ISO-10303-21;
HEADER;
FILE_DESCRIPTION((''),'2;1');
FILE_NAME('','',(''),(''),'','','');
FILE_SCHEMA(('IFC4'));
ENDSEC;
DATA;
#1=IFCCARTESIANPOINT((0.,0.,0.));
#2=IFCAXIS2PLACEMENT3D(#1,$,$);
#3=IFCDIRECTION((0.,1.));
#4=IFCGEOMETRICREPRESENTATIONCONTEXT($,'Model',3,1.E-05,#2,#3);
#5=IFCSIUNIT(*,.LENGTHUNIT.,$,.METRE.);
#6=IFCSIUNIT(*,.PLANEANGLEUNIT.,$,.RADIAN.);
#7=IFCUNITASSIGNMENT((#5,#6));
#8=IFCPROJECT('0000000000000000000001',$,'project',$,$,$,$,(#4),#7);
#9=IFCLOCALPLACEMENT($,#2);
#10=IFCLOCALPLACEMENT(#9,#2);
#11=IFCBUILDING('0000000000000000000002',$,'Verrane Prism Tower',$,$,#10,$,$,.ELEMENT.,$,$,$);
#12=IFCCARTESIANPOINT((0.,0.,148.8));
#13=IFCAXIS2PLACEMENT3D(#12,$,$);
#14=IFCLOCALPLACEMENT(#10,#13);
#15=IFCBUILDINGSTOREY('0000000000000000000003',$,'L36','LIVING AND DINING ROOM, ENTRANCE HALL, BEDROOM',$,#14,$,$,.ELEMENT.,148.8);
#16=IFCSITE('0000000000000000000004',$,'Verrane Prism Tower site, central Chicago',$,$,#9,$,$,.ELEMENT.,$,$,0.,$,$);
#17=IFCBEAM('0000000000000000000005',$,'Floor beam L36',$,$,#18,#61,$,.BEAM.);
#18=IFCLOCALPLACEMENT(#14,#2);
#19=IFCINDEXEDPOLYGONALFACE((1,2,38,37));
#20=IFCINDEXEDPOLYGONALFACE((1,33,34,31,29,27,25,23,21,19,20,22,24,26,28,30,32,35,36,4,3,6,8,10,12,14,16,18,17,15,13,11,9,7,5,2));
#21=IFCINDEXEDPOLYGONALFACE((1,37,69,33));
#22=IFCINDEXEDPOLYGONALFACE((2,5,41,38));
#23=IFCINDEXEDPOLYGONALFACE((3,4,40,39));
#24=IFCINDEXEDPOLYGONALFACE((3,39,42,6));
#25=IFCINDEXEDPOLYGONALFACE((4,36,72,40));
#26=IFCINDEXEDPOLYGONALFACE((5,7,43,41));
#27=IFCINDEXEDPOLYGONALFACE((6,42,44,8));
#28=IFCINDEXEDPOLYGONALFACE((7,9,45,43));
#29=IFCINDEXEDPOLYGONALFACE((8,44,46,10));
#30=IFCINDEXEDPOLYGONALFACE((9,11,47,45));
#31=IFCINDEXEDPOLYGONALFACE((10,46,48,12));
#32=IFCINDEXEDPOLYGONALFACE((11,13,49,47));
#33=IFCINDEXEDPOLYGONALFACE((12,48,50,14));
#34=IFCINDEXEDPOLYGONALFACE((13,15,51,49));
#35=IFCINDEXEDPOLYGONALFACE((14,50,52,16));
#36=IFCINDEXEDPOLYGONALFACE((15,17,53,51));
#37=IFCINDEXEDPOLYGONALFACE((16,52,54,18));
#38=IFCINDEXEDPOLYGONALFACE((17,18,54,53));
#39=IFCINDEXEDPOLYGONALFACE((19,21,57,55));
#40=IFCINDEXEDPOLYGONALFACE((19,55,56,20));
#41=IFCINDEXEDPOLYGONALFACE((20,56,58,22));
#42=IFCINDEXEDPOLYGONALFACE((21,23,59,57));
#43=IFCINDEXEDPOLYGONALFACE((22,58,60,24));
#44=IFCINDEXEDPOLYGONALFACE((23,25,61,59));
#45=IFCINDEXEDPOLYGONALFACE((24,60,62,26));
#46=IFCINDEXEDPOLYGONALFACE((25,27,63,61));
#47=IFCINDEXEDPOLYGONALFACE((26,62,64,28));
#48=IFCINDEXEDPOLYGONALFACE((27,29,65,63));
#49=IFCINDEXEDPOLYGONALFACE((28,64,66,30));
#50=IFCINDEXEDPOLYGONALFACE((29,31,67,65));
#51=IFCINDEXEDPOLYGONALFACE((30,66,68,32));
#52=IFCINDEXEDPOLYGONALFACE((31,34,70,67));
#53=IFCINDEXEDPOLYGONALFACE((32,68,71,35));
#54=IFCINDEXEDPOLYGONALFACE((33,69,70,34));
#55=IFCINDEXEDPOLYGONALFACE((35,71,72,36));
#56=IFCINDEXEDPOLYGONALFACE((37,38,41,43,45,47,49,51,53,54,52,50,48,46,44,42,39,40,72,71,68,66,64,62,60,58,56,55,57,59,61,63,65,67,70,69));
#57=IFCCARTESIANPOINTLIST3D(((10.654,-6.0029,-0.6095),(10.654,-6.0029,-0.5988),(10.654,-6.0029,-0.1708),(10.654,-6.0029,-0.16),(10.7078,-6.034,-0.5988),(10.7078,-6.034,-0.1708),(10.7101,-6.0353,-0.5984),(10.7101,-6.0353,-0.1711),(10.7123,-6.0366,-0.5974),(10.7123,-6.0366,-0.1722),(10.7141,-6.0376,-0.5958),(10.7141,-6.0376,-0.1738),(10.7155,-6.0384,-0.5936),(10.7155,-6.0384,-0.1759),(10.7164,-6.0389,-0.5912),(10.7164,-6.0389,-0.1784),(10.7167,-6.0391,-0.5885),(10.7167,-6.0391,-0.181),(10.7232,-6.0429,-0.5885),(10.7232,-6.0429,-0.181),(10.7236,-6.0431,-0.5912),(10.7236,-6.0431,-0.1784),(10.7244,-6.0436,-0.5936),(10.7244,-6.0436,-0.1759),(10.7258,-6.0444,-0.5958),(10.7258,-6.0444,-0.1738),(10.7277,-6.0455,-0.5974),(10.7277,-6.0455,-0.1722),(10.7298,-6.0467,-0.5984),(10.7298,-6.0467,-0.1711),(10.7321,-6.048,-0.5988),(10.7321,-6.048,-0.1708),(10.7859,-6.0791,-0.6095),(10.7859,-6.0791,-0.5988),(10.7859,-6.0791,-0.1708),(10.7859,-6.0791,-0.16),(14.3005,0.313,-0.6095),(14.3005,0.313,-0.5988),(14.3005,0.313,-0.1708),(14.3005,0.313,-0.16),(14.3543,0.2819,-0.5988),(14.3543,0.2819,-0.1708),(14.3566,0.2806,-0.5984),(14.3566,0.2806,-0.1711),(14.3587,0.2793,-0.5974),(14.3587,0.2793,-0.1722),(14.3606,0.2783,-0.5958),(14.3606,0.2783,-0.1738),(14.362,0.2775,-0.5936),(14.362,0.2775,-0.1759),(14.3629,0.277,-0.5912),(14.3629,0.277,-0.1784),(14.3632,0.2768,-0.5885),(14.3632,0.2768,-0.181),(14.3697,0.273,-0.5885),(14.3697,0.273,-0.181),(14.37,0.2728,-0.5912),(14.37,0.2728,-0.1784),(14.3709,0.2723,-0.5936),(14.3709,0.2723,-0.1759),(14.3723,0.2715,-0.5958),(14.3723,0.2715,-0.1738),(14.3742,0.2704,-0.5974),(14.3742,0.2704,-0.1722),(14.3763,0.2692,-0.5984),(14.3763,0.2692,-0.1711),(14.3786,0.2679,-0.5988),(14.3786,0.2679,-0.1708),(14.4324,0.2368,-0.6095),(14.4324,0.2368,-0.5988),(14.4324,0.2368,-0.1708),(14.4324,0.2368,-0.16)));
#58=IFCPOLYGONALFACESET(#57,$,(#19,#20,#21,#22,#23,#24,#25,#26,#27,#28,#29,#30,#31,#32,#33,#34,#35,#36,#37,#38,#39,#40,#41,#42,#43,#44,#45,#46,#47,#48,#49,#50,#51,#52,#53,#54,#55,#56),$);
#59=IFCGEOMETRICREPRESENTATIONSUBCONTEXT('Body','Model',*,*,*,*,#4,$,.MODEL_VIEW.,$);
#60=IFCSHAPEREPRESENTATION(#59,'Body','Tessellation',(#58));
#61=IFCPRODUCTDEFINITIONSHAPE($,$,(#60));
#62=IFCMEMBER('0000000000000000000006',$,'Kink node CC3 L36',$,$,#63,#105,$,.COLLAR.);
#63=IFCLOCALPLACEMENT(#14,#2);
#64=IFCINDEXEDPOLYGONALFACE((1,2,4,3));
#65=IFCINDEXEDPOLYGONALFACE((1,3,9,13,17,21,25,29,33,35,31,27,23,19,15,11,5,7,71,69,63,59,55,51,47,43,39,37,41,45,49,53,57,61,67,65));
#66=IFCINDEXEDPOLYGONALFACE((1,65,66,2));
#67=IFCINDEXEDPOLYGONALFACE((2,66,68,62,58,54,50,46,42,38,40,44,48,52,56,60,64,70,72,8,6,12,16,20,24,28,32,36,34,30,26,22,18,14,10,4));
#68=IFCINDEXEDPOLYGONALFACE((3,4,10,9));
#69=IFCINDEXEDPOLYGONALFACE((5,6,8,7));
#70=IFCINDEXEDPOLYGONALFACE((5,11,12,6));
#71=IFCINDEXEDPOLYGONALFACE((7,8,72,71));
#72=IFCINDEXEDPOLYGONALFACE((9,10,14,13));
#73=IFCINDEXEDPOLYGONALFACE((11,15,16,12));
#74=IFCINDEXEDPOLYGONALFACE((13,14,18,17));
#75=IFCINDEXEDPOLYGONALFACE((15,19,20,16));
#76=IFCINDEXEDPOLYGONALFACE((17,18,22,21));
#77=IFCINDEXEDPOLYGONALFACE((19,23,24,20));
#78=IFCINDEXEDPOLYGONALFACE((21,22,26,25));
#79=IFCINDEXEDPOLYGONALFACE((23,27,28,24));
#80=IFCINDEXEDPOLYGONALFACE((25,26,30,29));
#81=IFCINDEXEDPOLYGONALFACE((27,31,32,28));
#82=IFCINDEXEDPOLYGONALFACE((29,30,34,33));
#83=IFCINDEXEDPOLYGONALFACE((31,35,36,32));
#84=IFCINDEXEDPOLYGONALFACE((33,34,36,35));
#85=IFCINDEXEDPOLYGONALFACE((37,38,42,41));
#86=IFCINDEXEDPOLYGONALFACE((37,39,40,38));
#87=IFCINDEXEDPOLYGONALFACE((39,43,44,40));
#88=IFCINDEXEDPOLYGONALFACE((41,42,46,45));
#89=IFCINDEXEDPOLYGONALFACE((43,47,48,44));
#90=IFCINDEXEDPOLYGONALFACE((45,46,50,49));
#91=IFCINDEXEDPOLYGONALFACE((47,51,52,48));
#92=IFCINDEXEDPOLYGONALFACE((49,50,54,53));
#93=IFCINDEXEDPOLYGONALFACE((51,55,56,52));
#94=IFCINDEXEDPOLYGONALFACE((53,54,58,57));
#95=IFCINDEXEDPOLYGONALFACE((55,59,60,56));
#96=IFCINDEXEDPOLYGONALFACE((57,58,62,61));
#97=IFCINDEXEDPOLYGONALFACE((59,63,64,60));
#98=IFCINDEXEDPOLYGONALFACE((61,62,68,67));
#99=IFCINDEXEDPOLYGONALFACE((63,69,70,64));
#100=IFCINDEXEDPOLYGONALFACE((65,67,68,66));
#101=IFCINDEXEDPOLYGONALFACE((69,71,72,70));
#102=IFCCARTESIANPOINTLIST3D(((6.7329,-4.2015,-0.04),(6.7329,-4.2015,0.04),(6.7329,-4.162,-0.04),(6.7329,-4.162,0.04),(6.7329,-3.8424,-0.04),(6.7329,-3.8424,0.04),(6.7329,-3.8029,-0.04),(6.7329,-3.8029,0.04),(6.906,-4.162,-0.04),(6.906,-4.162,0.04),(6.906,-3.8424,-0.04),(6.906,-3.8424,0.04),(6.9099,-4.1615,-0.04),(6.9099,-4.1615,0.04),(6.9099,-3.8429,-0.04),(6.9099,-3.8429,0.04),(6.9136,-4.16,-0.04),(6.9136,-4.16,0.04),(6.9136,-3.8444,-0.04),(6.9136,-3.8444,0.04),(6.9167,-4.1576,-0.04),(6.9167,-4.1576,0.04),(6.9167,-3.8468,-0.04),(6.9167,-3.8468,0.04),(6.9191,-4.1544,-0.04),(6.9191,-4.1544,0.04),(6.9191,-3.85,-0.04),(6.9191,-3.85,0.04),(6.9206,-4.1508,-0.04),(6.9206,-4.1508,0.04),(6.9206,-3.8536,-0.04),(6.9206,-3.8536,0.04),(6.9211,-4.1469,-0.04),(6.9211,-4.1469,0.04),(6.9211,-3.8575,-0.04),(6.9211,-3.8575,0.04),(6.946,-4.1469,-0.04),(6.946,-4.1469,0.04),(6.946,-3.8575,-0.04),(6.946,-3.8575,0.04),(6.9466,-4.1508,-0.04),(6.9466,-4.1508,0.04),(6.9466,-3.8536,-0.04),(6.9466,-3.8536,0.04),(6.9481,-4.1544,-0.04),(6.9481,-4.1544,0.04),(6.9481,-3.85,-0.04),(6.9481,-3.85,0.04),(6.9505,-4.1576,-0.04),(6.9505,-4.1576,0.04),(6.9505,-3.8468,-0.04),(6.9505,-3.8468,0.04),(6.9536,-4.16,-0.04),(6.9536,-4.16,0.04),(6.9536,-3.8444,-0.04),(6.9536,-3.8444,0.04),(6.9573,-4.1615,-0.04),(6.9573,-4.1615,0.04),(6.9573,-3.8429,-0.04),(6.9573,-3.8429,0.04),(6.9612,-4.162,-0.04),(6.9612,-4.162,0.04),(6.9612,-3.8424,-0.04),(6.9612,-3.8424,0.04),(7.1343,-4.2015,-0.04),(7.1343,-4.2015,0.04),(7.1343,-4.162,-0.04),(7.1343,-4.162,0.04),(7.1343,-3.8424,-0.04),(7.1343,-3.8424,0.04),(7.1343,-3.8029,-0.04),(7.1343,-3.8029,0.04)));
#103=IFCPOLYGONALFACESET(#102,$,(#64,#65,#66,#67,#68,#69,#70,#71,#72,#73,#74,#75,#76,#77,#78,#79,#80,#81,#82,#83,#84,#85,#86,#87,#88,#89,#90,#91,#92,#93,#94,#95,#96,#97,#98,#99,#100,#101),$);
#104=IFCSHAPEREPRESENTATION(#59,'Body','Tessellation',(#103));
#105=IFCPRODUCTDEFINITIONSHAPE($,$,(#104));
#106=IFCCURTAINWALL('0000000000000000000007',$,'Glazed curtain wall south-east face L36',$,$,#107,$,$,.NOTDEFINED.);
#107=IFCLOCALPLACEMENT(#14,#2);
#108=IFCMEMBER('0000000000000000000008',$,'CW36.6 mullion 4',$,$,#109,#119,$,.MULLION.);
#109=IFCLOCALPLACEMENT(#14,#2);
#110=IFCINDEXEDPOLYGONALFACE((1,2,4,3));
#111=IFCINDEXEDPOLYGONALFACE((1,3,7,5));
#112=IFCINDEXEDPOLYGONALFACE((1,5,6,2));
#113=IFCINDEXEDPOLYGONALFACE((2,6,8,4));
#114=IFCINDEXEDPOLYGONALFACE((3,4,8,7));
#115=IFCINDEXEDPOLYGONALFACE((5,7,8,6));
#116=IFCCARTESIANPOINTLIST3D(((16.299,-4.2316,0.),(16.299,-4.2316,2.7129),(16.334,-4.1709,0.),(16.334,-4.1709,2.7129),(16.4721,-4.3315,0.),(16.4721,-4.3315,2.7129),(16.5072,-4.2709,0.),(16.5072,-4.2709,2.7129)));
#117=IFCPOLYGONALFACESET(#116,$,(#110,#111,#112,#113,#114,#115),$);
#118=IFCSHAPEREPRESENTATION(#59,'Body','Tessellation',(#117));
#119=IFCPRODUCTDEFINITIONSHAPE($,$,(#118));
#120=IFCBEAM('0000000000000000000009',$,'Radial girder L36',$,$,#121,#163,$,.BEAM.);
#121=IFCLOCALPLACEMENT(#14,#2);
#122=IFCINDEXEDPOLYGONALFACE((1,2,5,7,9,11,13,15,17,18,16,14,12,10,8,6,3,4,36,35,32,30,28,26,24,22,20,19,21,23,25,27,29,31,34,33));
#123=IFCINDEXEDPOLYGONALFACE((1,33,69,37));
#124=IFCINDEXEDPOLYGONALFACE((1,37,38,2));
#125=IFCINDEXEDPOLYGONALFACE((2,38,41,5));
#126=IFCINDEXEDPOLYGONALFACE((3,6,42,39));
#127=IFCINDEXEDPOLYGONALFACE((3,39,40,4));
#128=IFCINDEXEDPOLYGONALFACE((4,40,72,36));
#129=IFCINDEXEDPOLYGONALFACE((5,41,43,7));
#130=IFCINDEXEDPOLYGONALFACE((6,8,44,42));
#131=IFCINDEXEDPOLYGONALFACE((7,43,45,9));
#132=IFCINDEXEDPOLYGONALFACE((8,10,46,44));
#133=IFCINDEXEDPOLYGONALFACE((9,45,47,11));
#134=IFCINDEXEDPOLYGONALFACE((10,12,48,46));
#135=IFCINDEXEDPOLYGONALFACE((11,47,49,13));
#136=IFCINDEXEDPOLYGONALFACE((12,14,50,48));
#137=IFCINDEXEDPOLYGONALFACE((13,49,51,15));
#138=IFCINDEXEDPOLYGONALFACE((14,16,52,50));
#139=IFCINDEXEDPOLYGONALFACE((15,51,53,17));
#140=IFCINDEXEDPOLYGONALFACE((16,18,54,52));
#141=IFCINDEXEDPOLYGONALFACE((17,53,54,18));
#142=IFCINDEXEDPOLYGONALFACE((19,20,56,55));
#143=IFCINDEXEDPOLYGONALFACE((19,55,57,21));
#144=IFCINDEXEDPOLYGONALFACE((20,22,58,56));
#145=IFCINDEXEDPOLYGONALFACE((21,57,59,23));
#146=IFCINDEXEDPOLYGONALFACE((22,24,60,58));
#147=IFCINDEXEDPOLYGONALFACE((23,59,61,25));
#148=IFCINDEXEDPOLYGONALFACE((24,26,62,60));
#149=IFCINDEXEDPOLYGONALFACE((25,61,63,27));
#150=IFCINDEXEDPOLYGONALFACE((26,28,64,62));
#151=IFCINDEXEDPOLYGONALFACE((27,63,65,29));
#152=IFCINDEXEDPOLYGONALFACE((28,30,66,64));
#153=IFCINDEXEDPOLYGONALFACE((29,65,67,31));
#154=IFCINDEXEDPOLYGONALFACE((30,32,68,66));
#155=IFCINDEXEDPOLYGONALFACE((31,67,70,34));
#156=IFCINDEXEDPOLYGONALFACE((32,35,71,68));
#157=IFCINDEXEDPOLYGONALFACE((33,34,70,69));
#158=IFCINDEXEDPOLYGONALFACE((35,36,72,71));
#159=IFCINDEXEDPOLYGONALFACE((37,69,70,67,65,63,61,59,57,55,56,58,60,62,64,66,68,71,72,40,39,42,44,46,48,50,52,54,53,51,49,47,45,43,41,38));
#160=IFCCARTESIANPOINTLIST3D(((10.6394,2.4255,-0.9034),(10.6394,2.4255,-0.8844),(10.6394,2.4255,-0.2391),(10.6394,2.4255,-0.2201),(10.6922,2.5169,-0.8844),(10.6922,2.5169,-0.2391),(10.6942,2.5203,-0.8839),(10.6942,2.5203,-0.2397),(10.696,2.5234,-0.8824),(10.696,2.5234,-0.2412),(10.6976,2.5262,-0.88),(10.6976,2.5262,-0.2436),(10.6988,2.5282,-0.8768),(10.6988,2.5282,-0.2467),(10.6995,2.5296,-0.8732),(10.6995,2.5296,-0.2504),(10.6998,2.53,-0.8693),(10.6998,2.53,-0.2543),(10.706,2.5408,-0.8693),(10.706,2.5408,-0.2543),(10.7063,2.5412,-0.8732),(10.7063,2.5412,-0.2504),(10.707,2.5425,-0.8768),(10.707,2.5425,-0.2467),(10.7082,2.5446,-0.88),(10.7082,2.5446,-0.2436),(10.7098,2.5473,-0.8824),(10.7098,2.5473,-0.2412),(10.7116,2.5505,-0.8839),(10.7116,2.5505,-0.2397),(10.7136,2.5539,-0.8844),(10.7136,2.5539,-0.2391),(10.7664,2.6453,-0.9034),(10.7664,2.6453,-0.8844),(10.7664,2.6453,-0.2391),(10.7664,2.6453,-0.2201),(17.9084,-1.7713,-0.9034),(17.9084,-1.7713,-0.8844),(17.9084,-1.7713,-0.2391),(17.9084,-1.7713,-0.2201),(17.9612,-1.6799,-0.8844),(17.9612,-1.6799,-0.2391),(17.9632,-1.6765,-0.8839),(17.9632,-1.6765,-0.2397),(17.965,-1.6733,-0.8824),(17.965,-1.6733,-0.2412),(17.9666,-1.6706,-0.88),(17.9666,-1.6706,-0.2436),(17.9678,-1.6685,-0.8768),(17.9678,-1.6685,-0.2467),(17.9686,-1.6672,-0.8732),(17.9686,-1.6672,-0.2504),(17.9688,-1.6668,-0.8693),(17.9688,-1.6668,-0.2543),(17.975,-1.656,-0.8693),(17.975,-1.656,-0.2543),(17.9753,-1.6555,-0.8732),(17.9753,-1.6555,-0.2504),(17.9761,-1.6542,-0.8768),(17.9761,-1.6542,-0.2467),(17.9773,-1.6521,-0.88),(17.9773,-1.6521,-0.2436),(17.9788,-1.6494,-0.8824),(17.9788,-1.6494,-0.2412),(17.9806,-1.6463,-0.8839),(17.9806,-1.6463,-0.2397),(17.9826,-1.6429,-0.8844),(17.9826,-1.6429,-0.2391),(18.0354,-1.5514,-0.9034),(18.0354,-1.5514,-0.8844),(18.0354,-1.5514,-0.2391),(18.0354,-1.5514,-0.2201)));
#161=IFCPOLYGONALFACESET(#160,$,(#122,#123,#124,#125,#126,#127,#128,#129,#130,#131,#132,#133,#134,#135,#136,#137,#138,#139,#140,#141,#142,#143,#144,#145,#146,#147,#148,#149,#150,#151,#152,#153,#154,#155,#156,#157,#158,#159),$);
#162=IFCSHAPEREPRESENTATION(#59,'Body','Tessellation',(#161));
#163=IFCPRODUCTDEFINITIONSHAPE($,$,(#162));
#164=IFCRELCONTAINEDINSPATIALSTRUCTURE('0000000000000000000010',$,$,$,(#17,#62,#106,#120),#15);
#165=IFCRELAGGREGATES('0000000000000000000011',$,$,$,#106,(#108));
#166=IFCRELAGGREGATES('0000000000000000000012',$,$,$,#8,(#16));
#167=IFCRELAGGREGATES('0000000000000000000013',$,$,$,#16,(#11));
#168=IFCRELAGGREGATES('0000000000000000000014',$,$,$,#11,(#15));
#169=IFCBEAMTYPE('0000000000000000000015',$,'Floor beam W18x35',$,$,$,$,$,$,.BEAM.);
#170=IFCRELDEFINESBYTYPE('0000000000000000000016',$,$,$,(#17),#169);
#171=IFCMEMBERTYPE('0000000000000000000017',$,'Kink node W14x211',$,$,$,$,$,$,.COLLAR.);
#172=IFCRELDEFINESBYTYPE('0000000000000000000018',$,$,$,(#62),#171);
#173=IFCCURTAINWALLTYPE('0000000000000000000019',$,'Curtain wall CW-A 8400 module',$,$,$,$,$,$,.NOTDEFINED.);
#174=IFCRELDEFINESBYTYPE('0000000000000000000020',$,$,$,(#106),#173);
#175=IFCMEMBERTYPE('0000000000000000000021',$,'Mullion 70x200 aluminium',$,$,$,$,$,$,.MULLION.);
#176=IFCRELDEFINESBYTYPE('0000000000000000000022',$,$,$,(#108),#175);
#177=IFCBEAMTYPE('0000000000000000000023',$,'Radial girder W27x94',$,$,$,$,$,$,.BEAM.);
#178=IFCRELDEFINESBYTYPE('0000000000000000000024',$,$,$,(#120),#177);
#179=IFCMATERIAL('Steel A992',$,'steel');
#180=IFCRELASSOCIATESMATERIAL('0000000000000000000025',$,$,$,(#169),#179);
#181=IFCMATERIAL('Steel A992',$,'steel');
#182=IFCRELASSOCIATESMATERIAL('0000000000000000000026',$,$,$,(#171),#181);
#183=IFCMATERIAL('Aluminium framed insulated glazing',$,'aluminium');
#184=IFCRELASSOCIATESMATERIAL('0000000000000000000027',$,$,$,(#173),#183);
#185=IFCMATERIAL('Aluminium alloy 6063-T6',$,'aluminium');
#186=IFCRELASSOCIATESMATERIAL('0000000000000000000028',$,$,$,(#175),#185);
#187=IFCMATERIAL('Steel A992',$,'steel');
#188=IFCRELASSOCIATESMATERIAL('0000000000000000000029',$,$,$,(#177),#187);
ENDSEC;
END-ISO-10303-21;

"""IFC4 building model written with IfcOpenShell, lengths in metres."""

from ifc_helpers import new_model, si_unit, direction, frame, origin, origin_2d, place, context, subcontext, project, spatial, rectangle, i_section, extrude, material, material_profile, profile_set, type_object, element, aggregate, save


model = new_model("IFC4")

# Units and contexts
model_context = context("Model", 3, precision=1e-05, world=origin(), true_north=direction((0.0, 1.0)))
body_context = subcontext(model_context, "Body", "Model", "MODEL_VIEW")
ifc_project = project(units=[si_unit("LENGTHUNIT", "METRE"), si_unit("PLANEANGLEUNIT", "RADIAN")], contexts=[model_context])

# Site, building, storey
site_placement = place(None, origin())
site = spatial("IfcSite", under=ifc_project, at=site_placement, Name="Verrane Prism Tower site, central Chicago", CompositionType="ELEMENT", RefElevation=0.0)
building_placement = place(site_placement, origin())
building = spatial("IfcBuilding", under=site, at=building_placement, Name="Verrane Prism Tower", CompositionType="ELEMENT")
storey_placement = place(building_placement, frame((0.0, 0.0, 148.8)))
storey = spatial("IfcBuildingStorey", under=building, at=storey_placement, Name="L36", Description="LIVING AND DINING ROOM, ENTRANCE HALL, BEDROOM", CompositionType="ELEMENT", Elevation=148.8)

# Beam
ifc_material_1 = material(Name="Steel A992", Category="steel")
ifc_material_profile_1 = material_profile(ifc_material_1, i_section(OverallWidth=0.1523, OverallDepth=0.4495, WebThickness=0.0076, FlangeThickness=0.0107, FilletRadius=0.0103, at=origin_2d()), Name="W18x35")
ifc_profile_set_1 = profile_set([ifc_material_profile_1], Name="Steel A992")
beam_type_1 = type_object("IfcBeamType", Name="Floor beam W18x35", PredefinedType="BEAM", material=ifc_profile_set_1)
beam_1_placement = place(storey_placement, frame((10.72, -6.041, -0.3848), z_axis=(0.499999, 0.866026, 0.0), x_axis=(-0.866026, 0.499999, 0.0)))
element("IfcBeam", 1, at=beam_1_placement, inside=storey, type_object=beam_type_1, Name="Floor beam L36", PredefinedType="BEAM", context=body_context, shape_type="SweptSolid", body=[
    extrude(i_section(OverallWidth=0.1523, OverallDepth=0.4495, WebThickness=0.0076, FlangeThickness=0.0107, FilletRadius=0.0103, at=origin_2d()), origin(), (0.0, 0.0, 1.0), 7.293),
])

# Member
ifc_material_2 = material(Name="Steel A992", Category="steel")
ifc_material_profile_2 = material_profile(ifc_material_2, i_section(OverallWidth=0.4014, OverallDepth=0.3987, WebThickness=0.0249, FlangeThickness=0.0396, FilletRadius=0.0151, at=origin_2d()), Name="W14x211")
ifc_profile_set_2 = profile_set([ifc_material_profile_2], Name="Steel A992")
member_type_1 = type_object("IfcMemberType", Name="Kink node W14x211", PredefinedType="COLLAR", material=ifc_profile_set_2)
member_1_placement = place(storey_placement, frame((6.9336, -4.0022, -0.04), z_axis=(0.0, 0.0, 1.0), x_axis=(1.0, 0.0, 0.0)))
element("IfcMember", 2, at=member_1_placement, inside=storey, type_object=member_type_1, Name="Kink node CC3 L36", PredefinedType="COLLAR", context=body_context, shape_type="SweptSolid", body=[
    extrude(i_section(OverallWidth=0.4014, OverallDepth=0.3987, WebThickness=0.0249, FlangeThickness=0.0396, FilletRadius=0.0151, at=origin_2d()), origin(), (0.0, 0.0, 1.0), 0.0801),
])

# Curtain wall, member
ifc_material_3 = material(Name="Aluminium framed insulated glazing", Category="aluminium")
curtain_wall_type = type_object("IfcCurtainWallType", Name="Curtain wall CW-A 8400 module", PredefinedType="NOTDEFINED", material=ifc_material_3)
curtain_wall_placement = place(storey_placement, origin())
curtain_wall = element("IfcCurtainWall", 3, at=curtain_wall_placement, inside=storey, type_object=curtain_wall_type, Name="Glazed curtain wall south-east face L36", PredefinedType="NOTDEFINED")
ifc_material_4 = material(Name="Aluminium alloy 6063-T6", Category="aluminium")
ifc_material_profile_3 = material_profile(ifc_material_4, rectangle(XDim=0.2, YDim=0.0701, at=origin_2d()), Name="Mullion 70x200 aluminium")
ifc_profile_set_3 = profile_set([ifc_material_profile_3], Name="Aluminium alloy 6063-T6")
member_type_2 = type_object("IfcMemberType", Name="Mullion 70x200 aluminium", PredefinedType="MULLION", material=ifc_profile_set_3)
member_2_placement = place(storey_placement, frame((16.4031, -4.2512, 0.0), z_axis=(0.0, 0.0, 1.0), x_axis=(-0.866025, 0.500001, 0.0)))
member_2 = element("IfcMember", 4, at=member_2_placement, type_object=member_type_2, Name="CW36.6 mullion 4", PredefinedType="MULLION", context=body_context, shape_type="SweptSolid", body=[
    extrude(rectangle(XDim=0.2, YDim=0.0701, at=origin_2d()), origin(), (0.0, 0.0, 1.0), 2.7129),
])

# Beam
ifc_material_5 = material(Name="Steel A992", Category="steel")
ifc_material_profile_4 = material_profile(ifc_material_5, i_section(OverallWidth=0.2539, OverallDepth=0.6833, WebThickness=0.0125, FlangeThickness=0.019, FilletRadius=0.0151, at=origin_2d()), Name="W27x94")
ifc_profile_set_4 = profile_set([ifc_material_profile_4], Name="Steel A992")
beam_type_2 = type_object("IfcBeamType", Name="Radial girder W27x94", PredefinedType="BEAM", material=ifc_profile_set_4)
beam_2_placement = place(storey_placement, frame((17.9719, -1.6614, -0.5618), z_axis=(-0.866026, 0.499999, 0.0), x_axis=(-0.499999, -0.866026, 0.0)))
element("IfcBeam", 5, at=beam_2_placement, inside=storey, type_object=beam_type_2, Name="Radial girder L36", PredefinedType="BEAM", context=body_context, shape_type="SweptSolid", body=[
    extrude(i_section(OverallWidth=0.2539, OverallDepth=0.6833, WebThickness=0.0125, FlangeThickness=0.019, FilletRadius=0.0151, at=origin_2d()), origin(), (0.0, 0.0, 1.0), 8.3936),
])

aggregate(curtain_wall, [member_2])

save(model, "model.ifc")
